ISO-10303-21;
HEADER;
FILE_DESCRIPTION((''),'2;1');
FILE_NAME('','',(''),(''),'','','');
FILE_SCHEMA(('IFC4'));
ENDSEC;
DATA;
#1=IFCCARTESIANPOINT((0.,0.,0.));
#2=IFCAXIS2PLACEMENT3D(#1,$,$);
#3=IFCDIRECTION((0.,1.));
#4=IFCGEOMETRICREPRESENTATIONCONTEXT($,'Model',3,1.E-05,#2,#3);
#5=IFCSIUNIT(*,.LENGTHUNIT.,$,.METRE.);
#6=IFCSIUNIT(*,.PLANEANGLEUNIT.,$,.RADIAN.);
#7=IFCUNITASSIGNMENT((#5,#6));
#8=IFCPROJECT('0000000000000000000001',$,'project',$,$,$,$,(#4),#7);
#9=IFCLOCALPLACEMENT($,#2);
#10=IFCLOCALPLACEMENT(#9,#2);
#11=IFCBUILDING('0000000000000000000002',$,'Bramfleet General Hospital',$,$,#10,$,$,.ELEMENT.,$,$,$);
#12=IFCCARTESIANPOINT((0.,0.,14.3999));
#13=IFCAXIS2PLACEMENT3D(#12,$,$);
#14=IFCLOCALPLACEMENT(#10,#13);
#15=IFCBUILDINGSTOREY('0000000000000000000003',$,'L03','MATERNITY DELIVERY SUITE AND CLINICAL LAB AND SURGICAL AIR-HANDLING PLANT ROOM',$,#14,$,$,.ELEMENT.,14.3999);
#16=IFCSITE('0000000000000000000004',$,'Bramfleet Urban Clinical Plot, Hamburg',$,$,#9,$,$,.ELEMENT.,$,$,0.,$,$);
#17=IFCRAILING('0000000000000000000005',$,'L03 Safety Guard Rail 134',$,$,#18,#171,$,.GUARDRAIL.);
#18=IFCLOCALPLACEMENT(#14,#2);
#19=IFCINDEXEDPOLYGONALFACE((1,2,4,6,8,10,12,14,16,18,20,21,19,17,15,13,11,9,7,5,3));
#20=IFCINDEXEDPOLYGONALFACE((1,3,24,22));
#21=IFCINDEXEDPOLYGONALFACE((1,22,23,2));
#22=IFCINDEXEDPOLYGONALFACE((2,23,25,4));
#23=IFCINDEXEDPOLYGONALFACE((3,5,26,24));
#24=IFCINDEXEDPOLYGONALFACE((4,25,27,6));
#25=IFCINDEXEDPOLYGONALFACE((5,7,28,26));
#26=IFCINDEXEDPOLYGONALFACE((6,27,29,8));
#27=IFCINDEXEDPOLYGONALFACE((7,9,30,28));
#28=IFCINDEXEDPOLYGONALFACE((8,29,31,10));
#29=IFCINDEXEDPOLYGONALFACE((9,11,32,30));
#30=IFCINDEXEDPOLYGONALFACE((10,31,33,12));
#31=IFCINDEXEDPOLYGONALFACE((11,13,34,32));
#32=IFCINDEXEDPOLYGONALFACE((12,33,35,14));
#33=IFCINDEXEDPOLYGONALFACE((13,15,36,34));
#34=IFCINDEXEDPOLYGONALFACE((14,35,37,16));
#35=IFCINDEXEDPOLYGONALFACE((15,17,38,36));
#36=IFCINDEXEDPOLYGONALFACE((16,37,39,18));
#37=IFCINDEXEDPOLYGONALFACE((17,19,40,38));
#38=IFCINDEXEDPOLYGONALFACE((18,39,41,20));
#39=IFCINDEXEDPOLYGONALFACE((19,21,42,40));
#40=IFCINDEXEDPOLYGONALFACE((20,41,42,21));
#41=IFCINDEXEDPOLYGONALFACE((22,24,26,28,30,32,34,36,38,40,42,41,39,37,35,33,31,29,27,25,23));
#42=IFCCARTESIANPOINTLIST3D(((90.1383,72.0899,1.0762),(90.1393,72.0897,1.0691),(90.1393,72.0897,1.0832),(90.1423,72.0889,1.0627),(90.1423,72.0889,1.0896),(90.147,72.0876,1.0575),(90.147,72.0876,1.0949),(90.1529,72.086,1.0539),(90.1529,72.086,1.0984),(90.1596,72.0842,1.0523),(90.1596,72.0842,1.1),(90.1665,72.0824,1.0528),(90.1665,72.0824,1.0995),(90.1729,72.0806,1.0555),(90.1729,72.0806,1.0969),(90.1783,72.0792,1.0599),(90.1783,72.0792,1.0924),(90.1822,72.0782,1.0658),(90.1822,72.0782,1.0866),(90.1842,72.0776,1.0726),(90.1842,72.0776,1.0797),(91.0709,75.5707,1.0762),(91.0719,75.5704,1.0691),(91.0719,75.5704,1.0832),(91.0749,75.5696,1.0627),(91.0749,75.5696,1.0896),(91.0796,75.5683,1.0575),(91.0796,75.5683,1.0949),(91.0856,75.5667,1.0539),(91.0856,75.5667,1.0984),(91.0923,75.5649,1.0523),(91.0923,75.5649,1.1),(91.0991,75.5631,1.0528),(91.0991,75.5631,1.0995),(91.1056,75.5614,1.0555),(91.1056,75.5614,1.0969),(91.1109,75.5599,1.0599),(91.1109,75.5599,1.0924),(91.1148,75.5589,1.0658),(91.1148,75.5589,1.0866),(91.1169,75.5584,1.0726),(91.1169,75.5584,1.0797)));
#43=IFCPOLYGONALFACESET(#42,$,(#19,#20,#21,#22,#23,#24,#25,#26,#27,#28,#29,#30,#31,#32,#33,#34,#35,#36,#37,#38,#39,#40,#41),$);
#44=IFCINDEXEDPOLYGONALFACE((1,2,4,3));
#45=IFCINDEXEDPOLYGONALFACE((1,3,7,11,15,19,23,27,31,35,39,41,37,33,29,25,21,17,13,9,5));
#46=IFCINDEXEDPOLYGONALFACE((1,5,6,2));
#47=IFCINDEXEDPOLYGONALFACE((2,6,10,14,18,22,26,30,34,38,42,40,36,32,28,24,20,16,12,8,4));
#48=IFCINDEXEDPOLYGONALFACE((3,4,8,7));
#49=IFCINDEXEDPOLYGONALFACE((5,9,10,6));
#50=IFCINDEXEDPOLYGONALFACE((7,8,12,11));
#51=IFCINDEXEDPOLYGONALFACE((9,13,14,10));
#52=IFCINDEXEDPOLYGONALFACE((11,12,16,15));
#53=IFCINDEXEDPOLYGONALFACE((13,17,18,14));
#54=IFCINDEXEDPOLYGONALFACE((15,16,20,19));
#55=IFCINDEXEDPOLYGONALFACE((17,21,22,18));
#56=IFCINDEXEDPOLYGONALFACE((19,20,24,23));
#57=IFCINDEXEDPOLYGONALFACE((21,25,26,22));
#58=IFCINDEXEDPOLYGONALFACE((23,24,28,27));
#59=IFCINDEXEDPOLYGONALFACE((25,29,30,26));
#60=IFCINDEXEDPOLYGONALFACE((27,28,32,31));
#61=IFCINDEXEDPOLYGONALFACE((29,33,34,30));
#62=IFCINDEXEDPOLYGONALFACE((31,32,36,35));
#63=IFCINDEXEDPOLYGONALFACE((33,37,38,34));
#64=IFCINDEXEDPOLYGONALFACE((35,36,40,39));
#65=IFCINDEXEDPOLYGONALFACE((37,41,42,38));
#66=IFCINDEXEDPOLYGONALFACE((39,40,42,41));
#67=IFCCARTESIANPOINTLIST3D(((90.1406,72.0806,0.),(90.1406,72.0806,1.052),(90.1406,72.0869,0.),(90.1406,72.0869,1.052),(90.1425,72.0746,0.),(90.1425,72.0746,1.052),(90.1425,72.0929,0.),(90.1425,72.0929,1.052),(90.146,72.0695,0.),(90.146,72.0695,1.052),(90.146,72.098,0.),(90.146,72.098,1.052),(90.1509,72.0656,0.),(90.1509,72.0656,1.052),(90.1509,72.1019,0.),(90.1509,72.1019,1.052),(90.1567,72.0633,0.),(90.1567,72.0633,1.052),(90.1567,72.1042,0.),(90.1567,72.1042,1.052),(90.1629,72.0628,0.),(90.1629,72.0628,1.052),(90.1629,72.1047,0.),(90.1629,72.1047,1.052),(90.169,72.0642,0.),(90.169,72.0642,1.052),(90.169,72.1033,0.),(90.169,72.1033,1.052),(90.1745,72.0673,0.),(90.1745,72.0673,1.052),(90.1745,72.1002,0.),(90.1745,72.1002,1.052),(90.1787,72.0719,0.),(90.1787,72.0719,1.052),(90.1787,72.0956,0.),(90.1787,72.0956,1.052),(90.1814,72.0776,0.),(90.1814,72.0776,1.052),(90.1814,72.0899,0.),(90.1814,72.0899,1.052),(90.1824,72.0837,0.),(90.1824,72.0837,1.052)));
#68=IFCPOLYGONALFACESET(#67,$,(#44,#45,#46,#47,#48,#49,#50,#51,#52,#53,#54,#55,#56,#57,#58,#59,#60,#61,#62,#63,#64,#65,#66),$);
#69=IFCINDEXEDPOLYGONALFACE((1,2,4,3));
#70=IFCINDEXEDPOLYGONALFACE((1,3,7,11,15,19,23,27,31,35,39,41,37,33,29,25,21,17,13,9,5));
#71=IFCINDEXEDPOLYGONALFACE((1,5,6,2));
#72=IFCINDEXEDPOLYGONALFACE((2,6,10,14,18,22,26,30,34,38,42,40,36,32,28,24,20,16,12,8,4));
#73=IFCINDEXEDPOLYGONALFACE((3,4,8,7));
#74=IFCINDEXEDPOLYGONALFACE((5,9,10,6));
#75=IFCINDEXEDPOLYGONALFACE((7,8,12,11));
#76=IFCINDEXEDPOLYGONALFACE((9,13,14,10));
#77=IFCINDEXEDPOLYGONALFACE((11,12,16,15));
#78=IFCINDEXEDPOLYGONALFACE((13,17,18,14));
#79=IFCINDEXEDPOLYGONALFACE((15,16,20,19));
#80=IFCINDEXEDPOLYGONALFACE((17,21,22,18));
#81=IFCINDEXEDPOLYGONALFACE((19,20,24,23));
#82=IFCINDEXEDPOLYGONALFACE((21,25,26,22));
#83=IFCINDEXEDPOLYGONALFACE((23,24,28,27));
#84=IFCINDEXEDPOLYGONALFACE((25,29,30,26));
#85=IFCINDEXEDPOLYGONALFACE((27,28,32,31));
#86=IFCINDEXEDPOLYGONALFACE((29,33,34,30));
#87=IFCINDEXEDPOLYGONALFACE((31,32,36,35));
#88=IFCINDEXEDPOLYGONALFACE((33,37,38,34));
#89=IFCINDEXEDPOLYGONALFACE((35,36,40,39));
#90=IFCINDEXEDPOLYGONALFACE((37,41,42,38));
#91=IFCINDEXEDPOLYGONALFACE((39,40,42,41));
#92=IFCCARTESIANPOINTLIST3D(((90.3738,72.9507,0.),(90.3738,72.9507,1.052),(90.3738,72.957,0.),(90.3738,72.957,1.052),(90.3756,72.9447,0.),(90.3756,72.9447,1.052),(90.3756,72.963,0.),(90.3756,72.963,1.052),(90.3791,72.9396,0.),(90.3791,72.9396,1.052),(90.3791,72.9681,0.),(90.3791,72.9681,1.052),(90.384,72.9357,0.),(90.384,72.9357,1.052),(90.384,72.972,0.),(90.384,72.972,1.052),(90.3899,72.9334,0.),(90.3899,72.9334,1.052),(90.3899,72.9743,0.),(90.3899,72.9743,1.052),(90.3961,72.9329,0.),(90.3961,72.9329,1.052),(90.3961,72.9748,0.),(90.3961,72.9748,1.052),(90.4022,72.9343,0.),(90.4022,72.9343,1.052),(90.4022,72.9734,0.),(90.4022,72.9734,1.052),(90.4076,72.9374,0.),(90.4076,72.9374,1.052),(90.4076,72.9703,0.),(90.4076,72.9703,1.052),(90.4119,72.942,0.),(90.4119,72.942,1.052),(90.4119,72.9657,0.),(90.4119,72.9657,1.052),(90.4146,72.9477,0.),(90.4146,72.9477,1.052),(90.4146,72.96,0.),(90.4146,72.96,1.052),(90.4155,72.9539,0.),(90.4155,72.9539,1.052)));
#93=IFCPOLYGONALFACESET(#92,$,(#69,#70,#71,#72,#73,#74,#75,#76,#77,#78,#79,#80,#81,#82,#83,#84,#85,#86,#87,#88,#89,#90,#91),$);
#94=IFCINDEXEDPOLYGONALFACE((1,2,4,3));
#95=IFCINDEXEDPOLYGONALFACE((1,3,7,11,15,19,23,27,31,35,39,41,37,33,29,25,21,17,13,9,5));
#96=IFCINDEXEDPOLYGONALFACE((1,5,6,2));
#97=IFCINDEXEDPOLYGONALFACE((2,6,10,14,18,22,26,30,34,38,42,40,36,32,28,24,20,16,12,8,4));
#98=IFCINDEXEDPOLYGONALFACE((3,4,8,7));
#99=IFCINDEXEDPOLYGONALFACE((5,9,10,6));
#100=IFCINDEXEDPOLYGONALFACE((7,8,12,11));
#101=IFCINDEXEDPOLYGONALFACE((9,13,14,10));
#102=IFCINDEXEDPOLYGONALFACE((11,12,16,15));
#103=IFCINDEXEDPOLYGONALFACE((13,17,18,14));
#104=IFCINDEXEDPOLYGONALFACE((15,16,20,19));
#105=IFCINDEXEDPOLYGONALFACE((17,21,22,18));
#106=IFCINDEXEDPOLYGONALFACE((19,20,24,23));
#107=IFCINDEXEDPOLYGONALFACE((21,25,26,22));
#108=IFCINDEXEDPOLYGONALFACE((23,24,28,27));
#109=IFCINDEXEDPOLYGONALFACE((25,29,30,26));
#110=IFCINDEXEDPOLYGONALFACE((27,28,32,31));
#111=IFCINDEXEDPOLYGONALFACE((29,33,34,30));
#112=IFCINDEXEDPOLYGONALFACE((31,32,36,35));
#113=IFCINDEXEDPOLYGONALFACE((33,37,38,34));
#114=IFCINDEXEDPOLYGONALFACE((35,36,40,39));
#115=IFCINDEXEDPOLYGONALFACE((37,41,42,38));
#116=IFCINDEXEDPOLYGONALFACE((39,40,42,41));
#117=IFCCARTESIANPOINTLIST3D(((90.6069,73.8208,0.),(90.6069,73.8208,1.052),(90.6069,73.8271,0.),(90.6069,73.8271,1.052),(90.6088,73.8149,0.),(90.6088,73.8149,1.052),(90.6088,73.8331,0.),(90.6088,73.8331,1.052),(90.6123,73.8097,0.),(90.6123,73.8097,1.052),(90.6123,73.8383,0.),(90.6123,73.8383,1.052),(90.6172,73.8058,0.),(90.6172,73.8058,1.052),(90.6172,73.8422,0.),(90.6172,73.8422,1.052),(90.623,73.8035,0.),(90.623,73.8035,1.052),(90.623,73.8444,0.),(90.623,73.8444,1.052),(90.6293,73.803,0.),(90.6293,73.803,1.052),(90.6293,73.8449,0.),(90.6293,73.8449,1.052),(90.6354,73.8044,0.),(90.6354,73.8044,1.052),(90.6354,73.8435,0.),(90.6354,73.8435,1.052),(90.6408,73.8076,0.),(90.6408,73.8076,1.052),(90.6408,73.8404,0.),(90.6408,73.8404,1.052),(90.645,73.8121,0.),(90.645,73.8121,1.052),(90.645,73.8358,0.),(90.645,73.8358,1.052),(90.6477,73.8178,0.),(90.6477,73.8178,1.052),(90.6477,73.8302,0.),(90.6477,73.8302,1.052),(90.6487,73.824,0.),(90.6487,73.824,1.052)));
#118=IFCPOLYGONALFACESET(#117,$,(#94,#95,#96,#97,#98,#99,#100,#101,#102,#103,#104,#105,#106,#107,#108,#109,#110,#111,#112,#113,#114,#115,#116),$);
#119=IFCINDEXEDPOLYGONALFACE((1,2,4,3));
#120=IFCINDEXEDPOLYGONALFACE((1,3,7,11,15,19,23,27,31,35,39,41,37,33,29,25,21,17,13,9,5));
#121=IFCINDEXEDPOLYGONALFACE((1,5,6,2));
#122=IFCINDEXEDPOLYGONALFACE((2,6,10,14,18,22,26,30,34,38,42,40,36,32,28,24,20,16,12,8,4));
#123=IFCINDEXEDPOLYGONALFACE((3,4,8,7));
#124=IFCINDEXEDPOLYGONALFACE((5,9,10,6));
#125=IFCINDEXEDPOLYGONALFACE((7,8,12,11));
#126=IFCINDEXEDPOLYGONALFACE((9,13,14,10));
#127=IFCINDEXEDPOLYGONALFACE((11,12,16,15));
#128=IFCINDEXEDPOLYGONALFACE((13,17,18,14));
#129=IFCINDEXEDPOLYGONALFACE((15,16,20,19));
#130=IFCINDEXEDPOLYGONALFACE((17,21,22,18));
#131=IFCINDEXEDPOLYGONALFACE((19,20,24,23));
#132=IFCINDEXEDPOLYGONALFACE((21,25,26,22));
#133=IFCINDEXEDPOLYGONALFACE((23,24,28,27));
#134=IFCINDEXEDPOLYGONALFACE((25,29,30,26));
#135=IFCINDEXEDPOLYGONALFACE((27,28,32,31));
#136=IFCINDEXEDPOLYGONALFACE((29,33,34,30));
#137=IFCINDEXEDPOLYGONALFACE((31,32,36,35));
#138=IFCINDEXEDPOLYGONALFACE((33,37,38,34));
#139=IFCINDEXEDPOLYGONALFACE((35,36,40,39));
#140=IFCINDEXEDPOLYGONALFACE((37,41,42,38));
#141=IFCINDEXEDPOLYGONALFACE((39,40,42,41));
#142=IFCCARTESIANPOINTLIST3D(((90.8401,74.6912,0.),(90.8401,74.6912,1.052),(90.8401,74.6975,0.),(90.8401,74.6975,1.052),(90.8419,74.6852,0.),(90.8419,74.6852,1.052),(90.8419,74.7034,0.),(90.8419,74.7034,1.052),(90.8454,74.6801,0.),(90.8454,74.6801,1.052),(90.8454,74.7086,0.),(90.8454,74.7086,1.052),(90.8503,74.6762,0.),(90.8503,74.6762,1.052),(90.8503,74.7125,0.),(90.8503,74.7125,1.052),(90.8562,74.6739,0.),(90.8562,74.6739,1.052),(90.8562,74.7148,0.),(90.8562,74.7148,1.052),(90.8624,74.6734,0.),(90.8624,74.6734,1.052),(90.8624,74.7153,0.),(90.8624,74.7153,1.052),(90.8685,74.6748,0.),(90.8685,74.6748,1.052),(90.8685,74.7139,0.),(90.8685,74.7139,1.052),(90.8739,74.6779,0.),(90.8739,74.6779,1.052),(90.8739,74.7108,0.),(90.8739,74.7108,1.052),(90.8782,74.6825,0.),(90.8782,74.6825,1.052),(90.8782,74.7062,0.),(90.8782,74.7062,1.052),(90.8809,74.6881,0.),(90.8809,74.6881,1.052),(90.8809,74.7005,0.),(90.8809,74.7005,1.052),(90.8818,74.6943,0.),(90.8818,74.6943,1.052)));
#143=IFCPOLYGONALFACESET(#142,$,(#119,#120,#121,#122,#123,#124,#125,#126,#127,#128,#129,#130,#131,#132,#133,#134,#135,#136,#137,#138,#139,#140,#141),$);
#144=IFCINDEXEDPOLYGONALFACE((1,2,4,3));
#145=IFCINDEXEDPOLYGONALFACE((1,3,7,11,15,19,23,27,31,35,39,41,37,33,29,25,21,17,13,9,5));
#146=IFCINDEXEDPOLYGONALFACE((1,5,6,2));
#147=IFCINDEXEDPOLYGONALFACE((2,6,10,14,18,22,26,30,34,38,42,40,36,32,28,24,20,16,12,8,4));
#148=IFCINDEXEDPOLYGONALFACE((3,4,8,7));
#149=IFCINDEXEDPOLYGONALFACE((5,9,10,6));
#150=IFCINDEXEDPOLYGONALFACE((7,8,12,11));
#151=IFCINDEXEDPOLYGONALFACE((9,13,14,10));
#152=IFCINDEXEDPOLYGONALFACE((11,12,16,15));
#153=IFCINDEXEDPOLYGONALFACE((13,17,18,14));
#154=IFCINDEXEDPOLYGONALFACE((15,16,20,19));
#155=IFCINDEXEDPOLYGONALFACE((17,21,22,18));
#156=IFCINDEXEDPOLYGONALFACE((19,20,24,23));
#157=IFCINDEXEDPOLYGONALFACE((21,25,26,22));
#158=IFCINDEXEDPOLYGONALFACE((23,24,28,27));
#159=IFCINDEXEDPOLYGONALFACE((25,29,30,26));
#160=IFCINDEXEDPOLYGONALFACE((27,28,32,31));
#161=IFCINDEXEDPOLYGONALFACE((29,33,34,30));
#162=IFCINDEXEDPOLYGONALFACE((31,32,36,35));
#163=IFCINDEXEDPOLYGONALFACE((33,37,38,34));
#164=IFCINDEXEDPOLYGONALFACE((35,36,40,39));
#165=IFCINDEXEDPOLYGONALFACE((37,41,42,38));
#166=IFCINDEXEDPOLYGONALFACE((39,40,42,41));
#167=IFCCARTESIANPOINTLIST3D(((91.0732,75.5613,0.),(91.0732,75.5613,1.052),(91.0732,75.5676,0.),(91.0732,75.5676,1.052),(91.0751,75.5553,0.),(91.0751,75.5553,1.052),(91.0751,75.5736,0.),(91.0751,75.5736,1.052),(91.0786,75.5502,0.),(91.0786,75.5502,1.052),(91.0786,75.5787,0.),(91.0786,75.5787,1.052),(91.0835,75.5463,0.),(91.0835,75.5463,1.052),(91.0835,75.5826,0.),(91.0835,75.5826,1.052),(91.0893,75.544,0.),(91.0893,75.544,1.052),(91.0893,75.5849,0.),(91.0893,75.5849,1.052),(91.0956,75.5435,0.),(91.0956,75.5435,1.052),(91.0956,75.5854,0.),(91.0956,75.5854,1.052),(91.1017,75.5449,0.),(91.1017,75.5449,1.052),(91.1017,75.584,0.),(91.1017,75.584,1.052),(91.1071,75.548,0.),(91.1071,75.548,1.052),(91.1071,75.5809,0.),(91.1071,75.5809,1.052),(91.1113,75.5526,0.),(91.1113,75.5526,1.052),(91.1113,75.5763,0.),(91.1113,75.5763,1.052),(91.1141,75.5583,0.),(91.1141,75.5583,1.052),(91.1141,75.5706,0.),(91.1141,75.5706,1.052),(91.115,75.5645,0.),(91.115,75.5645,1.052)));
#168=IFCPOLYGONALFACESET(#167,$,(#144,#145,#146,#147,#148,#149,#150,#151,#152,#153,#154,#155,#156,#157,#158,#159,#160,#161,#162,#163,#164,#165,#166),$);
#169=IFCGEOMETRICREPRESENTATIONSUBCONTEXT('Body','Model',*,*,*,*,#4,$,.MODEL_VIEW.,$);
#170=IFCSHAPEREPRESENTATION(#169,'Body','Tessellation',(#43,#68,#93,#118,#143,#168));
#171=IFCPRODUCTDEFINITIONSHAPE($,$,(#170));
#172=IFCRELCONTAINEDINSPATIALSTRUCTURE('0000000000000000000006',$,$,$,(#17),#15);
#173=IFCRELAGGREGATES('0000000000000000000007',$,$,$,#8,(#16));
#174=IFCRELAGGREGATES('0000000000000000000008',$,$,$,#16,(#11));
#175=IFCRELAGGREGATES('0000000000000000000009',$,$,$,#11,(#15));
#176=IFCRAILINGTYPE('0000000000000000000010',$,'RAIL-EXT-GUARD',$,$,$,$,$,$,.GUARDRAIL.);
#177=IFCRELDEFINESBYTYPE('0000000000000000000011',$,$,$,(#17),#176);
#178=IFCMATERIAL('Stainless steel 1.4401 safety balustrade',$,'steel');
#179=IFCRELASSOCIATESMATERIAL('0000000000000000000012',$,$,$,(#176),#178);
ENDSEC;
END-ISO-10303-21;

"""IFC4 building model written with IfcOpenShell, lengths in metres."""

from ifc_helpers import new_model, si_unit, direction, frame, origin, origin_2d, place, context, subcontext, project, spatial, circle, extrude, material, type_object, element, save


model = new_model("IFC4")

# Units and contexts
model_context = context("Model", 3, precision=1e-05, world=origin(), true_north=direction((0.0, 1.0)))
body_context = subcontext(model_context, "Body", "Model", "MODEL_VIEW")
ifc_project = project(units=[si_unit("LENGTHUNIT", "METRE"), si_unit("PLANEANGLEUNIT", "RADIAN")], contexts=[model_context])

# Site, building, storey
site_placement = place(None, origin())
site = spatial("IfcSite", under=ifc_project, at=site_placement, Name="Bramfleet Urban Clinical Plot, Hamburg", CompositionType="ELEMENT", RefElevation=0.0)
building_placement = place(site_placement, origin())
building = spatial("IfcBuilding", under=site, at=building_placement, Name="Bramfleet General Hospital", CompositionType="ELEMENT")
storey_placement = place(building_placement, frame((0.0, 0.0, 14.3999)))
storey = spatial("IfcBuildingStorey", under=building, at=storey_placement, Name="L03", Description="MATERNITY DELIVERY SUITE AND CLINICAL LAB AND SURGICAL AIR-HANDLING PLANT ROOM", CompositionType="ELEMENT", Elevation=14.3999)

# Railing
ifc_material_1 = material(Name="Stainless steel 1.4401 safety balustrade", Category="steel")
railing_type = type_object("IfcRailingType", Name="RAIL-EXT-GUARD", PredefinedType="GUARDRAIL", material=ifc_material_1)
railing_1_placement = place(storey_placement, frame((90.1614, 72.0837, 0.0)))
element("IfcRailing", 1, at=railing_1_placement, inside=storey, type_object=railing_type, Name="L03 Safety Guard Rail 134", PredefinedType="GUARDRAIL", context=body_context, shape_type="SweptSolid", body=[
    extrude(circle(Radius=0.0239, at=origin_2d()), frame((0.0, 0.0, 1.0762), z_axis=(0.258809, 0.965928, 0.0), x_axis=(-0.965928, 0.258809, 0.0)), (0.0, 0.0, 1.0), 3.6035),
    extrude(circle(Radius=0.021, at=origin_2d()), origin(), (0.0, 0.0, 1.0), 1.052),
    extrude(circle(Radius=0.021, at=origin_2d()), frame((0.2332, 0.8701, 0.0)), (0.0, 0.0, 1.0), 1.052),
    extrude(circle(Radius=0.021, at=origin_2d()), frame((0.4663, 1.7402, 0.0)), (0.0, 0.0, 1.0), 1.052),
    extrude(circle(Radius=0.021, at=origin_2d()), frame((0.6995, 2.6106, 0.0)), (0.0, 0.0, 1.0), 1.052),
    extrude(circle(Radius=0.021, at=origin_2d()), frame((0.9326, 3.4807, 0.0)), (0.0, 0.0, 1.0), 1.052),
])

save(model, "model.ifc")
